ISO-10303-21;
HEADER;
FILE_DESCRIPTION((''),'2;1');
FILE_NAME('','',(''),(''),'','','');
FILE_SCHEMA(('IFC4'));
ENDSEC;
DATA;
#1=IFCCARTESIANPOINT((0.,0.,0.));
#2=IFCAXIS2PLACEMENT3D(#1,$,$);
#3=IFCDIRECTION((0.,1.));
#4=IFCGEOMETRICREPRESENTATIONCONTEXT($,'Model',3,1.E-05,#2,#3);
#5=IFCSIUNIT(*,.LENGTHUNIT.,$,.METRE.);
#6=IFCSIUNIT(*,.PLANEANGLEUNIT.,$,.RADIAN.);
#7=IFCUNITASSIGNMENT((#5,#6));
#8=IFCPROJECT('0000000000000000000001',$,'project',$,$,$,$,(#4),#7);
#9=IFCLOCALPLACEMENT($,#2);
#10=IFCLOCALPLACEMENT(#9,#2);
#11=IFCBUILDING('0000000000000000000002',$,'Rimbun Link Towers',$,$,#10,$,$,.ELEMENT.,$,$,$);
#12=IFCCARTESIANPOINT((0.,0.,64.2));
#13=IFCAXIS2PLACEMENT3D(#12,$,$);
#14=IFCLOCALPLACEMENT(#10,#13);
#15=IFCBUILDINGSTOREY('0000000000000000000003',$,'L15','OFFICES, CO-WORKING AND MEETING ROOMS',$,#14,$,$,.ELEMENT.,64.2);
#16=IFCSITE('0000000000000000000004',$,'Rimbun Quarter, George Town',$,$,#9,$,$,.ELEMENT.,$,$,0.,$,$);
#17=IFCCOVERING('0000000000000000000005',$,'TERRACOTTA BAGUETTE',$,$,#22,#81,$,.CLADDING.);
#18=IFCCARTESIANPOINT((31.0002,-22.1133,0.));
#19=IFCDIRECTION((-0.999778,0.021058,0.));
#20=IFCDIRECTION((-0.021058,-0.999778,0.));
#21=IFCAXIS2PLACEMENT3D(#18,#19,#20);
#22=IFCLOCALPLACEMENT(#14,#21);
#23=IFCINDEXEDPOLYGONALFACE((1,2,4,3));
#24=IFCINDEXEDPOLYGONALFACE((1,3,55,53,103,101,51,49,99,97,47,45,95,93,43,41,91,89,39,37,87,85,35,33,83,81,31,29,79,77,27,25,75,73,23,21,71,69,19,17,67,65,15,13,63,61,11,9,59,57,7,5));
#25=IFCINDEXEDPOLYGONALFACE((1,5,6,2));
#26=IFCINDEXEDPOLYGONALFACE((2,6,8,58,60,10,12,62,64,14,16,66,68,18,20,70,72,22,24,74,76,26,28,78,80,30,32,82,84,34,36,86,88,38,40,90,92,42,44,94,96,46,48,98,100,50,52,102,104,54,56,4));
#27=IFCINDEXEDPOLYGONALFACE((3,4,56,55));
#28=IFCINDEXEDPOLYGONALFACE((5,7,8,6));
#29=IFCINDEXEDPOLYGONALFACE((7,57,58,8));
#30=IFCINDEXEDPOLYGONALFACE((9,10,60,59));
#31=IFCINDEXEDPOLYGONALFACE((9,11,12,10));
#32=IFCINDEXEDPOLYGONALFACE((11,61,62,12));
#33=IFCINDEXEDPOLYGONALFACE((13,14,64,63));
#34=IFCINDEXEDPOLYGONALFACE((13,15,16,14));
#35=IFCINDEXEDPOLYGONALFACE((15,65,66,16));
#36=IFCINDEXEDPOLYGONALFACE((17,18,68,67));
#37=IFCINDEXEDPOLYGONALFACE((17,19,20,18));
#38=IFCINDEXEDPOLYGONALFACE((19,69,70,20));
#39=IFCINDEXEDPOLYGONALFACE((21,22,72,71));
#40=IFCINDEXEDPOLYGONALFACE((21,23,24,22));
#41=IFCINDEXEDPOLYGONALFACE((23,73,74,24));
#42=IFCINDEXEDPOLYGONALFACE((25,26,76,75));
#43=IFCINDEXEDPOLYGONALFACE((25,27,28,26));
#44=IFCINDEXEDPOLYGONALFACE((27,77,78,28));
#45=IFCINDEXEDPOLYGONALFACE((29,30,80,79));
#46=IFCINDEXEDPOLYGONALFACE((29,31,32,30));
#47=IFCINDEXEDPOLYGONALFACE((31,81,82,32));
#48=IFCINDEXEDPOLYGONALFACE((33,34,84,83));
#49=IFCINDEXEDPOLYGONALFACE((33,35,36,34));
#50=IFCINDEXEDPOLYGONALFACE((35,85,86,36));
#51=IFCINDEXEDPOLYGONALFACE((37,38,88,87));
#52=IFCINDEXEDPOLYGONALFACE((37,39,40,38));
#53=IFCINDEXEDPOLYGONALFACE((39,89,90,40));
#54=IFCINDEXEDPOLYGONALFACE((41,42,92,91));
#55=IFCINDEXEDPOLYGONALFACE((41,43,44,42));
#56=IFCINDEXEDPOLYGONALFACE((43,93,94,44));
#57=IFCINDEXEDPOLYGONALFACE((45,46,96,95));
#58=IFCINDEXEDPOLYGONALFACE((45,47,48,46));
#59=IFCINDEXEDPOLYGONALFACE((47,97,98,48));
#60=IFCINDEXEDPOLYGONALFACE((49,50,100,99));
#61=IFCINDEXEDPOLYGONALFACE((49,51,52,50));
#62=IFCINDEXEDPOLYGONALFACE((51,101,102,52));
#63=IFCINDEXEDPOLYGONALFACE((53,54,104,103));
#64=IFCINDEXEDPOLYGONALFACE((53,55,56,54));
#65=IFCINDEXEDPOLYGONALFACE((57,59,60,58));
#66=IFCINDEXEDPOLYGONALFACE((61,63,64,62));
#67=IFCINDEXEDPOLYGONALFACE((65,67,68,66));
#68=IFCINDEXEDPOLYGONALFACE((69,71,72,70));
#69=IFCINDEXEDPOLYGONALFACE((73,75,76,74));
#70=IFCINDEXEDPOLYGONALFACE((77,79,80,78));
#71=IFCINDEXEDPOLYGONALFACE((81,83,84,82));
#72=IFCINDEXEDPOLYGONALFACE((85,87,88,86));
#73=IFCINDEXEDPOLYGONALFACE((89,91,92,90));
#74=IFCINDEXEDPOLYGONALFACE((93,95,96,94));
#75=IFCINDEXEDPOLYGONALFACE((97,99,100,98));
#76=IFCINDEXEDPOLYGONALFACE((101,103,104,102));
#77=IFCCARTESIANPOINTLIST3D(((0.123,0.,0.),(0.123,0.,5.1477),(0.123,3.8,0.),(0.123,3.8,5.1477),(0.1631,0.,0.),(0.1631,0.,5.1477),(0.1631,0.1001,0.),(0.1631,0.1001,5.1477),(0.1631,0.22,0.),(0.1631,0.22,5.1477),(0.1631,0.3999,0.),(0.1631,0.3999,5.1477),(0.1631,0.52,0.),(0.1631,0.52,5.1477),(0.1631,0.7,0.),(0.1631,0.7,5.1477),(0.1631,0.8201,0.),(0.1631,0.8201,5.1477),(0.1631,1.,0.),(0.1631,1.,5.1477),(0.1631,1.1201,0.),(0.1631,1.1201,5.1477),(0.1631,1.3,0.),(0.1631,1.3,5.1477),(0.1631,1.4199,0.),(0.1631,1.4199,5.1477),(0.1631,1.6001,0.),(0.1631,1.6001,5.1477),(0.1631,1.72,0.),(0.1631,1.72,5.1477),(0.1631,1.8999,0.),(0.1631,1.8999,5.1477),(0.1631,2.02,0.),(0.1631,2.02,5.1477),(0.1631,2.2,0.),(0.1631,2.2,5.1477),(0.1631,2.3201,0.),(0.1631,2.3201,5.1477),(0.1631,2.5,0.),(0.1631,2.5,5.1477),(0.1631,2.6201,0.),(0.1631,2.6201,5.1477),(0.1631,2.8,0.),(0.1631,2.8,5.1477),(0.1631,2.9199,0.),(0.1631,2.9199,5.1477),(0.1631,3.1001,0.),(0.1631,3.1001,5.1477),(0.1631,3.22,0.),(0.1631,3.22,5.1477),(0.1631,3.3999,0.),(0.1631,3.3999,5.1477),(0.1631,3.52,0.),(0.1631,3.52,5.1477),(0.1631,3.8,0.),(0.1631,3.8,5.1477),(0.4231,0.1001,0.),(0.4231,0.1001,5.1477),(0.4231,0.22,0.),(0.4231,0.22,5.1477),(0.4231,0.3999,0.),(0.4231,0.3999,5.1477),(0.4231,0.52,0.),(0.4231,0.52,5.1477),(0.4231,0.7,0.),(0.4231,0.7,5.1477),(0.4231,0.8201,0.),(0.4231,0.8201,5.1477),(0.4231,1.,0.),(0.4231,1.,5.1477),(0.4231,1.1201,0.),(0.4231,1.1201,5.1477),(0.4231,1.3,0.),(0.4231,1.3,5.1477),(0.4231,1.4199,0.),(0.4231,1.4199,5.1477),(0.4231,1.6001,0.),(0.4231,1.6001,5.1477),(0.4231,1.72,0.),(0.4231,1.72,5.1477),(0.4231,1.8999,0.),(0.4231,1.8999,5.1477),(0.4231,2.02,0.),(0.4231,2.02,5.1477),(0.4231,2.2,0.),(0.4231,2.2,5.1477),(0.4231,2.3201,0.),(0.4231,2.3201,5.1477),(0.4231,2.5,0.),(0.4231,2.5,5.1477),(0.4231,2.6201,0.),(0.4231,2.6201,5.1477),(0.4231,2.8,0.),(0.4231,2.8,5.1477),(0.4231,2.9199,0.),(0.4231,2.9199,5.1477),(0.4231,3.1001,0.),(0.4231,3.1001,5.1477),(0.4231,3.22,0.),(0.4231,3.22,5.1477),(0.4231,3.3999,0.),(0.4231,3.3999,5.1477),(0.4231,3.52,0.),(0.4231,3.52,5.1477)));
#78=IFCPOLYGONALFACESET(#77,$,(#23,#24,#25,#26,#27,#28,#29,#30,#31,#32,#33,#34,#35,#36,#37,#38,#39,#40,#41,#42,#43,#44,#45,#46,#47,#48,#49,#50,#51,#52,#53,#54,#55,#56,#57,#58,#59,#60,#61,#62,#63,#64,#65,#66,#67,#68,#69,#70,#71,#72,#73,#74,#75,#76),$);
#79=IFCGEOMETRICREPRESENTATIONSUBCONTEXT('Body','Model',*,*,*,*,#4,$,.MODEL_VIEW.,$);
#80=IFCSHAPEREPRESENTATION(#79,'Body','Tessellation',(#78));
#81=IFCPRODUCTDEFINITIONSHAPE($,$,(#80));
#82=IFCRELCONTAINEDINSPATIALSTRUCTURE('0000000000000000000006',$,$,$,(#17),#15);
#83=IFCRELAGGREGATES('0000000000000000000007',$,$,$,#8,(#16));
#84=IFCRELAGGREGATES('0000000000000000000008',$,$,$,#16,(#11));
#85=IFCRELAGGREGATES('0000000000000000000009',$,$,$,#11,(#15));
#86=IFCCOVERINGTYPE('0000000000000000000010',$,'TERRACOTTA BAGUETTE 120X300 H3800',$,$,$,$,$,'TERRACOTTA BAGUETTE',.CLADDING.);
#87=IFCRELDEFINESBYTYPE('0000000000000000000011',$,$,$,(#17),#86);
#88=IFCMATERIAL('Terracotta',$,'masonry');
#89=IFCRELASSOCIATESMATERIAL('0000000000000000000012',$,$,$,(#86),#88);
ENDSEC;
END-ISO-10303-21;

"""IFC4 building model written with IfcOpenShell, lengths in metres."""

from ifc_helpers import new_model, si_unit, direction, frame, origin, place, context, subcontext, project, spatial, polyline, outline, extrude, material, material_profile, profile_set, type_object, element, save


model = new_model("IFC4")

# Units and contexts
model_context = context("Model", 3, precision=1e-05, world=origin(), true_north=direction((0.0, 1.0)))
body_context = subcontext(model_context, "Body", "Model", "MODEL_VIEW")
ifc_project = project(units=[si_unit("LENGTHUNIT", "METRE"), si_unit("PLANEANGLEUNIT", "RADIAN")], contexts=[model_context])

# Site, building, storey
site_placement = place(None, origin())
site = spatial("IfcSite", under=ifc_project, at=site_placement, Name="Rimbun Quarter, George Town", CompositionType="ELEMENT", RefElevation=0.0)
building_placement = place(site_placement, origin())
building = spatial("IfcBuilding", under=site, at=building_placement, Name="Rimbun Link Towers", CompositionType="ELEMENT")
storey_placement = place(building_placement, frame((0.0, 0.0, 64.2)))
storey = spatial("IfcBuildingStorey", under=building, at=storey_placement, Name="L15", Description="OFFICES, CO-WORKING AND MEETING ROOMS", CompositionType="ELEMENT", Elevation=64.2)

# Covering
ifc_material_1 = material(Name="Terracotta", Category="masonry")
ifc_material_profile_1 = material_profile(ifc_material_1, outline(polyline([(0.123, 0.0), (0.1631, 0.0), (0.1631, 0.1001), (0.4231, 0.1001), (0.4231, 0.22), (0.1631, 0.22), (0.1631, 0.3999), (0.4231, 0.3999), (0.4231, 0.52), (0.1631, 0.52), (0.1631, 0.7), (0.4231, 0.7), (0.4231, 0.8201), (0.1631, 0.8201), (0.1631, 1.0), (0.4231, 1.0), (0.4231, 1.1201), (0.1631, 1.1201), (0.1631, 1.3), (0.4231, 1.3), (0.4231, 1.4199), (0.1631, 1.4199), (0.1631, 1.6001), (0.4231, 1.6001), (0.4231, 1.72), (0.1631, 1.72), (0.1631, 1.8999), (0.4231, 1.8999), (0.4231, 2.02), (0.1631, 2.02), (0.1631, 2.2), (0.4231, 2.2), (0.4231, 2.3201), (0.1631, 2.3201), (0.1631, 2.5), (0.4231, 2.5), (0.4231, 2.6201), (0.1631, 2.6201), (0.1631, 2.8), (0.4231, 2.8), (0.4231, 2.9199), (0.1631, 2.9199), (0.1631, 3.1001), (0.4231, 3.1001), (0.4231, 3.22), (0.1631, 3.22), (0.1631, 3.3999), (0.4231, 3.3999), (0.4231, 3.52), (0.1631, 3.52), (0.1631, 3.8), (0.123, 3.8), (0.123, 0.0)])), Name="BAGUETTE 120X300")
ifc_profile_set_1 = profile_set([ifc_material_profile_1], Name="Terracotta")
covering_type = type_object("IfcCoveringType", Name="TERRACOTTA BAGUETTE 120X300 H3800", ElementType="TERRACOTTA BAGUETTE", PredefinedType="CLADDING", material=ifc_profile_set_1)
covering_placement = place(storey_placement, frame((31.0002, -22.1133, 0.0), z_axis=(-0.999778, 0.021058, 0.0), x_axis=(-0.021058, -0.999778, 0.0)))
element("IfcCovering", 1, at=covering_placement, inside=storey, type_object=covering_type, Name="TERRACOTTA BAGUETTE", PredefinedType="CLADDING", context=body_context, shape_type="SweptSolid", body=[
    extrude(outline(polyline([(0.123, 0.0), (0.1631, 0.0), (0.1631, 0.1001), (0.4231, 0.1001), (0.4231, 0.22), (0.1631, 0.22), (0.1631, 0.3999), (0.4231, 0.3999), (0.4231, 0.52), (0.1631, 0.52), (0.1631, 0.7), (0.4231, 0.7), (0.4231, 0.8201), (0.1631, 0.8201), (0.1631, 1.0), (0.4231, 1.0), (0.4231, 1.1201), (0.1631, 1.1201), (0.1631, 1.3), (0.4231, 1.3), (0.4231, 1.4199), (0.1631, 1.4199), (0.1631, 1.6001), (0.4231, 1.6001), (0.4231, 1.72), (0.1631, 1.72), (0.1631, 1.8999), (0.4231, 1.8999), (0.4231, 2.02), (0.1631, 2.02), (0.1631, 2.2), (0.4231, 2.2), (0.4231, 2.3201), (0.1631, 2.3201), (0.1631, 2.5), (0.4231, 2.5), (0.4231, 2.6201), (0.1631, 2.6201), (0.1631, 2.8), (0.4231, 2.8), (0.4231, 2.9199), (0.1631, 2.9199), (0.1631, 3.1001), (0.4231, 3.1001), (0.4231, 3.22), (0.1631, 3.22), (0.1631, 3.3999), (0.4231, 3.3999), (0.4231, 3.52), (0.1631, 3.52), (0.1631, 3.8), (0.123, 3.8), (0.123, 0.0)])), origin(), (0.0, 0.0, 1.0), 5.1477),
])

save(model, "model.ifc")
